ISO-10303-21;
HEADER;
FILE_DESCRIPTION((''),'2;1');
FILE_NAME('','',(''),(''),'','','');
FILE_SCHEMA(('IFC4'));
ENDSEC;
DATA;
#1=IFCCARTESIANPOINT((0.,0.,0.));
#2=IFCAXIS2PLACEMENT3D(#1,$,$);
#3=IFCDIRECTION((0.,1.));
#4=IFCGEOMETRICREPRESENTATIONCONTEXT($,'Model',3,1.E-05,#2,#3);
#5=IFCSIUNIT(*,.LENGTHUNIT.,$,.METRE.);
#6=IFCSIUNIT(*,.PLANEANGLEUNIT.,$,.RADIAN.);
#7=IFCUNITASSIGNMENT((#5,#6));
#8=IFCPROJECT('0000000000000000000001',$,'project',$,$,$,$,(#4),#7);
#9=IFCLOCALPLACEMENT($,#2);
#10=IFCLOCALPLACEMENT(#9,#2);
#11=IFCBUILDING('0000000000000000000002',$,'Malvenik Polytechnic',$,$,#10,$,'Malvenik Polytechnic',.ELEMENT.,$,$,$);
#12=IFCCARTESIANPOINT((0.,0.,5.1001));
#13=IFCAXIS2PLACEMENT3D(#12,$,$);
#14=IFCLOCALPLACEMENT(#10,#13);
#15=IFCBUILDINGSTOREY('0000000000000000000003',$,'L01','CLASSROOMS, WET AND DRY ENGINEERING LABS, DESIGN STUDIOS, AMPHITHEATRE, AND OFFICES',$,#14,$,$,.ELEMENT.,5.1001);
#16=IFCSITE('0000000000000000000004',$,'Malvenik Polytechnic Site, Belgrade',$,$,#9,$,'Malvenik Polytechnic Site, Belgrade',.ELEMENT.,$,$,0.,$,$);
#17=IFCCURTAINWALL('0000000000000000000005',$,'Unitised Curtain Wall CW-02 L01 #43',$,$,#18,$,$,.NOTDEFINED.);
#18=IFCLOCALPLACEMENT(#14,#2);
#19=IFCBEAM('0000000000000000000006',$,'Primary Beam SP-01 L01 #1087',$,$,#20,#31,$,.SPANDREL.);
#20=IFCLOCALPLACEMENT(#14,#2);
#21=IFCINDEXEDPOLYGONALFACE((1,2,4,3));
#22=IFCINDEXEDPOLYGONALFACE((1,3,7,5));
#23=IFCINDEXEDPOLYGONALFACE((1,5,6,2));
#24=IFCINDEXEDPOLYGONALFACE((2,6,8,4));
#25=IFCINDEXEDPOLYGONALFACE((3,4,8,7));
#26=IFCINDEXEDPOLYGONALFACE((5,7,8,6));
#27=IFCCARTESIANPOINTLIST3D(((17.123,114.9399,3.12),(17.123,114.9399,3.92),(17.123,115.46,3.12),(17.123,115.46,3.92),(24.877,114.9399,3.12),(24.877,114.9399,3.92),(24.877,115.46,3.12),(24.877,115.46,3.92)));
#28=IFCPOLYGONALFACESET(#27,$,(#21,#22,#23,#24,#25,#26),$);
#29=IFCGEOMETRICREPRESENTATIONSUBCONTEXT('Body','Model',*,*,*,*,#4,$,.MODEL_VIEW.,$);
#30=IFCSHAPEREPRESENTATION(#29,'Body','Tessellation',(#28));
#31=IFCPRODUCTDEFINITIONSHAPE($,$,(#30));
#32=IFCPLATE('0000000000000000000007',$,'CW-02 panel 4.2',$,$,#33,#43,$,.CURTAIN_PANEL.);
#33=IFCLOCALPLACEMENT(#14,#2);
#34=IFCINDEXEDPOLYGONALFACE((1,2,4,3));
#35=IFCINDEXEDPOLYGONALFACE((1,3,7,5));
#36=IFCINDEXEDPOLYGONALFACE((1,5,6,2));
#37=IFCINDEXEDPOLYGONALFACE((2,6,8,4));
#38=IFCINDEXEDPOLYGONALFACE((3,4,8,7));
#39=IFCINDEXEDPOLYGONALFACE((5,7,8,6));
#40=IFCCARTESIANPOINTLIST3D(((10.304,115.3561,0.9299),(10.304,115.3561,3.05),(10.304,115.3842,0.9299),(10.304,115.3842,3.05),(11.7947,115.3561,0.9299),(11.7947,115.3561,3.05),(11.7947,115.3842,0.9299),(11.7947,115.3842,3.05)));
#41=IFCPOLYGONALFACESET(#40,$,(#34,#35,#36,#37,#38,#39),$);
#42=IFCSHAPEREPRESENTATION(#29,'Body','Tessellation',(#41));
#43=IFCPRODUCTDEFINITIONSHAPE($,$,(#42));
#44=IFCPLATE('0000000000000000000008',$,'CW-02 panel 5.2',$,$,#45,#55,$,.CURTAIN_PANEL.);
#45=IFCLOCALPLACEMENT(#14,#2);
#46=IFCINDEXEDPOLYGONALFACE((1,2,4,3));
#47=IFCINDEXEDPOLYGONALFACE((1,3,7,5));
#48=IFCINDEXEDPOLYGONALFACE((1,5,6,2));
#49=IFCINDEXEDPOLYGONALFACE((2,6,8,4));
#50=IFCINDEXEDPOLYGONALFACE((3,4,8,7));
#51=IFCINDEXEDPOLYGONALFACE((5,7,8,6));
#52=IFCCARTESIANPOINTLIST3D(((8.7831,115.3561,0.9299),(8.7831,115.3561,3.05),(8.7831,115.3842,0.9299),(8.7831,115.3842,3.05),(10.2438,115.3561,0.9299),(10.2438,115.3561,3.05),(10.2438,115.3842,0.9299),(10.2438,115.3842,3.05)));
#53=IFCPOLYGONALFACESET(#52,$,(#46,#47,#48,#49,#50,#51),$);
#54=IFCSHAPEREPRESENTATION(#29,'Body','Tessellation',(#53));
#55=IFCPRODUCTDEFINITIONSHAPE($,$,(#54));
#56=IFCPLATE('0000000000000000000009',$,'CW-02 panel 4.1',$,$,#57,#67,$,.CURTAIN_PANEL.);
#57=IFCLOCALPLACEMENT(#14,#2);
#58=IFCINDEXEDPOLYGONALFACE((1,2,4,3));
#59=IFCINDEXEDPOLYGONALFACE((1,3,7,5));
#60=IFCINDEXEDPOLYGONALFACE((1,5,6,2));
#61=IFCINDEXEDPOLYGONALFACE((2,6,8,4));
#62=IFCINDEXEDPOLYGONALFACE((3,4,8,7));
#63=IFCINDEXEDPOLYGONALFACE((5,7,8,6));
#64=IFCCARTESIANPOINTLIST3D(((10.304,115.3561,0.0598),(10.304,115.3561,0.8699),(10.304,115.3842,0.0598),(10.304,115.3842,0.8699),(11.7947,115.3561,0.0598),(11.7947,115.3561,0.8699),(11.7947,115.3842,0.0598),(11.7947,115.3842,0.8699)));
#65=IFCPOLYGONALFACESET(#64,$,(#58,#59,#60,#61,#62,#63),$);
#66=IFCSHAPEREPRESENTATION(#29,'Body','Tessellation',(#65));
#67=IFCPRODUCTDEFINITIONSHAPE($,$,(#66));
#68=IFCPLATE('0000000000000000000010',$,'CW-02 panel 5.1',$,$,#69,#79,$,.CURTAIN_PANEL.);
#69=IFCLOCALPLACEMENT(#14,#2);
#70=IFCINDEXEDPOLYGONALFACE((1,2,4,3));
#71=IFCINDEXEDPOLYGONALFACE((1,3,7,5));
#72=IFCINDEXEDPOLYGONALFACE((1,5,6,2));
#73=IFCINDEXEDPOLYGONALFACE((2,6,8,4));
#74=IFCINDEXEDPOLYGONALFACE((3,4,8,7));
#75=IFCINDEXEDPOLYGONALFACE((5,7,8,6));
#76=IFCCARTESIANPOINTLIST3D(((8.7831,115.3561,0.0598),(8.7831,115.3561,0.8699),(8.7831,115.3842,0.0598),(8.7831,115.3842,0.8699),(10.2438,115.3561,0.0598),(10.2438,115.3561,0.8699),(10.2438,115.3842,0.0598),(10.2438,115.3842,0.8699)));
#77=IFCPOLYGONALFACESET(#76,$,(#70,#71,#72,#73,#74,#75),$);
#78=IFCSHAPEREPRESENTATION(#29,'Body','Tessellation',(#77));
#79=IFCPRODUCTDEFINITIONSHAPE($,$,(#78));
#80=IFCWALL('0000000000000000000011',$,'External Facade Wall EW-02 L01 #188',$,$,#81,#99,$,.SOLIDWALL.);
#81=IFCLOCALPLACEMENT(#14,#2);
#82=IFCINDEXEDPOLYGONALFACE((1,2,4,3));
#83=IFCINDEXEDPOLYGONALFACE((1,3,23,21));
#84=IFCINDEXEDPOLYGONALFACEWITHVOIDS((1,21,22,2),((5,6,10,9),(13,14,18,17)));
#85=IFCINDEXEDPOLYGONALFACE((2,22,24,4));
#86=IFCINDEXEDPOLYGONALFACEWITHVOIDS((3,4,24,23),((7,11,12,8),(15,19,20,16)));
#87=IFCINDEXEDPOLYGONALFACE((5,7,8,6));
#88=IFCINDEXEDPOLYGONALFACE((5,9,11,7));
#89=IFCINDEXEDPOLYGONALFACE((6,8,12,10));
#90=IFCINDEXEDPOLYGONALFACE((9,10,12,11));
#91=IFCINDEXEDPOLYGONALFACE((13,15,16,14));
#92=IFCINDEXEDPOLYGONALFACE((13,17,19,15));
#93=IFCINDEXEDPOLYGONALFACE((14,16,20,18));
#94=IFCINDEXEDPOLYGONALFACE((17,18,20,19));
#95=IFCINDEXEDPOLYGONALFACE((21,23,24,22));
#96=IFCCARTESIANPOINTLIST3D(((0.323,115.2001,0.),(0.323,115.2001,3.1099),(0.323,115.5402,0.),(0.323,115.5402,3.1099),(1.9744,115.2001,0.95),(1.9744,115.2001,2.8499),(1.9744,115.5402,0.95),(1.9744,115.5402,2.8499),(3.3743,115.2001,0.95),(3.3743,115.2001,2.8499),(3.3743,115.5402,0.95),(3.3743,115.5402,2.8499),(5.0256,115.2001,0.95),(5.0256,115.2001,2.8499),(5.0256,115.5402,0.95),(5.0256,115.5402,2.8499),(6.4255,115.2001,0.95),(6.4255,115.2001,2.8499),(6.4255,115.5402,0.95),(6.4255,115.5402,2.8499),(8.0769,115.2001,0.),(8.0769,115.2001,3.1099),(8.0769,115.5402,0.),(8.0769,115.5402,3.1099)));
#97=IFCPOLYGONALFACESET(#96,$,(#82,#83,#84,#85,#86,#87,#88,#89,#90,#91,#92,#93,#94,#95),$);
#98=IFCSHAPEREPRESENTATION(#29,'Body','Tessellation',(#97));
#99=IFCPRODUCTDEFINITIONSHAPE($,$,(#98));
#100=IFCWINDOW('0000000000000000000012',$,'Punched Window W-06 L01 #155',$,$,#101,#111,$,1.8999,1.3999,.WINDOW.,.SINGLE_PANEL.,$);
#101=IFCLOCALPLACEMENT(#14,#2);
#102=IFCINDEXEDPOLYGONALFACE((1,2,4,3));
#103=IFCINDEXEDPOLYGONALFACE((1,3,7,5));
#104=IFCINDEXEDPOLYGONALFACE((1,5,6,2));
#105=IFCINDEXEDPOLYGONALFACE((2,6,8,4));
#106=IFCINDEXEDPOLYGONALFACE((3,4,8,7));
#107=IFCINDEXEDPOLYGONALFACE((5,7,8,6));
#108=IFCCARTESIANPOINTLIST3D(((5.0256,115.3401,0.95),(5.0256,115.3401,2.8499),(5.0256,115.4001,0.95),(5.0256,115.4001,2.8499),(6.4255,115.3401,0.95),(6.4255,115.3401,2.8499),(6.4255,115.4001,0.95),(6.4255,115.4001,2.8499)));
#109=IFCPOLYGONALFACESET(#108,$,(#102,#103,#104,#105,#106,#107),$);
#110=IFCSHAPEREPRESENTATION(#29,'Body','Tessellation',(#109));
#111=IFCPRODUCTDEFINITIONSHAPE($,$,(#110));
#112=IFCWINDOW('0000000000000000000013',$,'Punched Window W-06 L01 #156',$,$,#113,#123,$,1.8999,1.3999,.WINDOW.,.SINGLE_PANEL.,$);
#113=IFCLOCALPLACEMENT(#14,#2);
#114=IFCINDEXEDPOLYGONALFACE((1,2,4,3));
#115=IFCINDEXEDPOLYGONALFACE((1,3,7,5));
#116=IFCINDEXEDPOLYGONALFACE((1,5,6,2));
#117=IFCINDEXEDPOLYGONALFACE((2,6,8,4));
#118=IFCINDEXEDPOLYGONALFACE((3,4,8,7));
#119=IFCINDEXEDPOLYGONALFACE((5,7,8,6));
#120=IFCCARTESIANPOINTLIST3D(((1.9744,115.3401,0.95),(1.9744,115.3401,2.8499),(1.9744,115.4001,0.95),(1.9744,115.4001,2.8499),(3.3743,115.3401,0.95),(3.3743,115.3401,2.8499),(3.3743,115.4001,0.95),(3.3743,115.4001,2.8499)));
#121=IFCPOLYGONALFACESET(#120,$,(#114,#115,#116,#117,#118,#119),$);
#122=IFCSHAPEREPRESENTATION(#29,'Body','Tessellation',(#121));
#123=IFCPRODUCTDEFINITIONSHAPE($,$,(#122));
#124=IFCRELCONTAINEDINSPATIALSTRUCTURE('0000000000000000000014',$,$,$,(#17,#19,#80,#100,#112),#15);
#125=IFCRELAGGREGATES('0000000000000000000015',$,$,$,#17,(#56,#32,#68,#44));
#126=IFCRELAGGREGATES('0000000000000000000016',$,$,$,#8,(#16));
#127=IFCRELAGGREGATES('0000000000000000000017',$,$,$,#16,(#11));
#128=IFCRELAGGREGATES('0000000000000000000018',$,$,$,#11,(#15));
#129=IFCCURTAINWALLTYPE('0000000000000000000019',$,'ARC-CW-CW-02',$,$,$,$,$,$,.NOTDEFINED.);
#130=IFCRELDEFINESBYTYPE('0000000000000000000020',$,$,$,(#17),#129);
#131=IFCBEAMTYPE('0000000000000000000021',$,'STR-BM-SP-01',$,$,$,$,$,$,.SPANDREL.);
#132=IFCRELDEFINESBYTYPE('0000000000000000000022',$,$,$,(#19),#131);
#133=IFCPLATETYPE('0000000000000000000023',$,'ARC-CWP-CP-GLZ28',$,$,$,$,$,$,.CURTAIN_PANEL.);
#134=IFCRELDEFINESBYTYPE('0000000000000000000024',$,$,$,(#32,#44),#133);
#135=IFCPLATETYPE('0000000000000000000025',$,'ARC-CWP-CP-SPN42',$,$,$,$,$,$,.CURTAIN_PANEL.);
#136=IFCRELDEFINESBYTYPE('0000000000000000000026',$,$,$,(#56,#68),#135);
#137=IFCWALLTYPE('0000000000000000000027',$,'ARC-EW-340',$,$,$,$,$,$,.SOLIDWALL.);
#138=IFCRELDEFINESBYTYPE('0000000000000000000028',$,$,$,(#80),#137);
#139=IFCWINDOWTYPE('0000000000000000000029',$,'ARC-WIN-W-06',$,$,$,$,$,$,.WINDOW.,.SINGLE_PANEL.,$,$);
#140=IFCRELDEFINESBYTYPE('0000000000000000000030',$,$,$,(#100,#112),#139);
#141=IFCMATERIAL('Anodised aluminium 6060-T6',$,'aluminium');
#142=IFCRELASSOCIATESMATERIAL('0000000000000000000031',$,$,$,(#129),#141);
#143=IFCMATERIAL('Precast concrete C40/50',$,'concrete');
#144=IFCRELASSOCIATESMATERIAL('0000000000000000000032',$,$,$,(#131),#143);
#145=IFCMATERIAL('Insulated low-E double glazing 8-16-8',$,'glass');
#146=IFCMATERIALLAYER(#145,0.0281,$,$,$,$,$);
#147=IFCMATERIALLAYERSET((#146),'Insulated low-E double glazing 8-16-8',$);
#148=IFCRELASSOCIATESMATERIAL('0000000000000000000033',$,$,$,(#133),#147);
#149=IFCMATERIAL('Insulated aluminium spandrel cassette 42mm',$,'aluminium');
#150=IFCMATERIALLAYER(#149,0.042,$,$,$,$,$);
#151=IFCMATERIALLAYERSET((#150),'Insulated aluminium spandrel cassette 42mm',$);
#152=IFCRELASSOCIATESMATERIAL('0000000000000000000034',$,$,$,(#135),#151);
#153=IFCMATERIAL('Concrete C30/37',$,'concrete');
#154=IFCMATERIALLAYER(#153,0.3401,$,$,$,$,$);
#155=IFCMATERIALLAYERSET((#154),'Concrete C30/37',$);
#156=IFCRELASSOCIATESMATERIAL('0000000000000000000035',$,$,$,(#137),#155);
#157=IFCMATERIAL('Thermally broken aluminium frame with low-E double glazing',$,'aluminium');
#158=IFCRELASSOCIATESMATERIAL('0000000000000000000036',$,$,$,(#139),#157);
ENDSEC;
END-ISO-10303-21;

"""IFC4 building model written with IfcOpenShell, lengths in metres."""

from ifc_helpers import new_model, si_unit, direction, frame, frame_2d, origin, origin_2d, place, context, subcontext, project, spatial, rectangle, extrude, material, layer, layer_set, material_profile, profile_set, type_object, element, fill, aggregate, save


model = new_model("IFC4")

# Units and contexts
model_context = context("Model", 3, precision=1e-05, world=origin(), true_north=direction((0.0, 1.0)))
body_context = subcontext(model_context, "Body", "Model", "MODEL_VIEW")
ifc_project = project(units=[si_unit("LENGTHUNIT", "METRE"), si_unit("PLANEANGLEUNIT", "RADIAN")], contexts=[model_context])

# Site, building, storey
site_placement = place(None, origin())
site = spatial("IfcSite", under=ifc_project, at=site_placement, Name="Malvenik Polytechnic Site, Belgrade", LongName="Malvenik Polytechnic Site, Belgrade", CompositionType="ELEMENT", RefElevation=0.0)
building_placement = place(site_placement, origin())
building = spatial("IfcBuilding", under=site, at=building_placement, Name="Malvenik Polytechnic", LongName="Malvenik Polytechnic", CompositionType="ELEMENT")
storey_placement = place(building_placement, frame((0.0, 0.0, 5.1001)))
storey = spatial("IfcBuildingStorey", under=building, at=storey_placement, Name="L01", Description="CLASSROOMS, WET AND DRY ENGINEERING LABS, DESIGN STUDIOS, AMPHITHEATRE, AND OFFICES", CompositionType="ELEMENT", Elevation=5.1001)

# Curtain wall
ifc_material_1 = material(Name="Anodised aluminium 6060-T6", Category="aluminium")
curtain_wall_type = type_object("IfcCurtainWallType", Name="ARC-CW-CW-02", PredefinedType="NOTDEFINED", material=ifc_material_1)
curtain_wall_placement = place(storey_placement, origin())
curtain_wall = element("IfcCurtainWall", 1, at=curtain_wall_placement, inside=storey, type_object=curtain_wall_type, Name="Unitised Curtain Wall CW-02 L01 #43", PredefinedType="NOTDEFINED")

# Beam
ifc_material_2 = material(Name="Precast concrete C40/50", Category="concrete")
ifc_material_profile_1 = material_profile(ifc_material_2, rectangle(XDim=0.52, YDim=0.8, at=origin_2d()), Name="PC SPN 520x800")
ifc_profile_set_1 = profile_set([ifc_material_profile_1], Name="Precast concrete C40/50")
beam_type = type_object("IfcBeamType", Name="STR-BM-SP-01", PredefinedType="SPANDREL", material=ifc_profile_set_1)
beam_1_placement = place(storey_placement, frame((17.123, 115.2, 3.52), z_axis=(1.0, 0.0, 0.0), x_axis=(0.0, 1.0, 0.0)))
element("IfcBeam", 2, at=beam_1_placement, inside=storey, type_object=beam_type, Name="Primary Beam SP-01 L01 #1087", PredefinedType="SPANDREL", context=body_context, shape_type="SweptSolid", body=[
    extrude(rectangle(XDim=0.52, YDim=0.8, at=origin_2d()), origin(), (0.0, 0.0, 1.0), 7.7539),
])

# Plates
ifc_material_3 = material(Name="Insulated low-E double glazing 8-16-8", Category="glass")
ifc_layer_1 = layer(ifc_material_3, 0.0281)
ifc_layer_set_1 = layer_set([ifc_layer_1], Name="Insulated low-E double glazing 8-16-8")
plate_type_1 = type_object("IfcPlateType", Name="ARC-CWP-CP-GLZ28", PredefinedType="CURTAIN_PANEL", material=ifc_layer_set_1)
plate_1_placement = place(storey_placement, frame((11.0493, 115.3701, 0.9299), z_axis=(0.0, 0.0, 1.0), x_axis=(-1.0, 0.0, 0.0)))
plate_1 = element("IfcPlate", 3, at=plate_1_placement, type_object=plate_type_1, Name="CW-02 panel 4.2", PredefinedType="CURTAIN_PANEL", context=body_context, shape_type="SweptSolid", body=[
    extrude(rectangle(XDim=1.4907, YDim=0.0281, at=origin_2d()), origin(), (0.0, 0.0, 1.0), 2.1201),
])
plate_2_placement = place(storey_placement, frame((9.5134, 115.3701, 0.9299), z_axis=(0.0, 0.0, 1.0), x_axis=(-1.0, 0.0, 0.0)))
plate_2 = element("IfcPlate", 4, at=plate_2_placement, type_object=plate_type_1, Name="CW-02 panel 5.2", PredefinedType="CURTAIN_PANEL", context=body_context, shape_type="SweptSolid", body=[
    extrude(rectangle(XDim=1.4607, YDim=0.0281, at=origin_2d()), origin(), (0.0, 0.0, 1.0), 2.1201),
])
ifc_material_4 = material(Name="Insulated aluminium spandrel cassette 42mm", Category="aluminium")
ifc_layer_2 = layer(ifc_material_4, 0.042)
ifc_layer_set_2 = layer_set([ifc_layer_2], Name="Insulated aluminium spandrel cassette 42mm")
plate_type_2 = type_object("IfcPlateType", Name="ARC-CWP-CP-SPN42", PredefinedType="CURTAIN_PANEL", material=ifc_layer_set_2)
plate_3_placement = place(storey_placement, frame((11.0493, 115.3701, 0.0598), z_axis=(0.0, 0.0, 1.0), x_axis=(-1.0, 0.0, 0.0)))
plate_3 = element("IfcPlate", 5, at=plate_3_placement, type_object=plate_type_2, Name="CW-02 panel 4.1", PredefinedType="CURTAIN_PANEL", context=body_context, shape_type="SweptSolid", body=[
    extrude(rectangle(XDim=1.4907, YDim=0.0281, at=origin_2d()), origin(), (0.0, 0.0, 1.0), 0.8101),
])
plate_4_placement = place(storey_placement, frame((9.5134, 115.3701, 0.0598), z_axis=(0.0, 0.0, 1.0), x_axis=(-1.0, 0.0, 0.0)))
plate_4 = element("IfcPlate", 6, at=plate_4_placement, type_object=plate_type_2, Name="CW-02 panel 5.1", PredefinedType="CURTAIN_PANEL", context=body_context, shape_type="SweptSolid", body=[
    extrude(rectangle(XDim=1.4607, YDim=0.0281, at=origin_2d()), origin(), (0.0, 0.0, 1.0), 0.8101),
])
aggregate(curtain_wall, [plate_3, plate_1, plate_4, plate_2])

# Wall, openings, windows
ifc_material_5 = material(Name="Concrete C30/37", Category="concrete")
ifc_layer_3 = layer(ifc_material_5, 0.3401)
ifc_layer_set_3 = layer_set([ifc_layer_3], Name="Concrete C30/37")
wall_type = type_object("IfcWallType", Name="ARC-EW-340", PredefinedType="SOLIDWALL", material=ifc_layer_set_3)
wall_placement = place(storey_placement, frame((8.0769, 115.3701, 0.0), z_axis=(0.0, 0.0, 1.0), x_axis=(-1.0, 0.0, 0.0)))
wall = element("IfcWall", 7, at=wall_placement, inside=storey, type_object=wall_type, Name="External Facade Wall EW-02 L01 #188", PredefinedType="SOLIDWALL", context=body_context, shape_type="SweptSolid", body=[
    extrude(rectangle(XDim=7.7539, YDim=0.3401, at=frame_2d((3.877, 0.0))), origin(), (0.0, 0.0, 1.0), 3.1099),
])
opening_1_placement = place(wall_placement, frame((1.6514, 0.0, 0.95)))
opening_1 = element("IfcOpeningElement", 8, at=opening_1_placement, cuts=wall, PredefinedType="OPENING", context=body_context, shape_type="SweptSolid", body=[
    extrude(rectangle(XDim=1.3999, YDim=1.8999, at=frame_2d((0.7, 0.95))), frame((0.0, 0.1802, 0.0), z_axis=(0.0, -1.0, 0.0), x_axis=(1.0, 0.0, 0.0)), (0.0, 0.0, 1.0), 0.3601),
])
opening_2_placement = place(wall_placement, frame((4.7026, 0.0, 0.95)))
opening_2 = element("IfcOpeningElement", 9, at=opening_2_placement, cuts=wall, PredefinedType="OPENING", context=body_context, shape_type="SweptSolid", body=[
    extrude(rectangle(XDim=1.3999, YDim=1.8999, at=frame_2d((0.7, 0.95))), frame((0.0, 0.1802, 0.0), z_axis=(0.0, -1.0, 0.0), x_axis=(1.0, 0.0, 0.0)), (0.0, 0.0, 1.0), 0.3601),
])
ifc_material_6 = material(Name="Thermally broken aluminium frame with low-E double glazing", Category="aluminium")
window_type = type_object("IfcWindowType", Name="ARC-WIN-W-06", PartitioningType="SINGLE_PANEL", PredefinedType="WINDOW", material=ifc_material_6)
window_1_placement = place(opening_1_placement, origin())
window_1 = element("IfcWindow", 10, at=window_1_placement, inside=storey, type_object=window_type, Name="Punched Window W-06 L01 #155", OverallHeight=1.8999, OverallWidth=1.3999, PartitioningType="SINGLE_PANEL", PredefinedType="WINDOW", context=body_context, shape_type="SweptSolid", body=[
    extrude(rectangle(XDim=1.3999, YDim=1.8999, at=frame_2d((0.7, 0.95))), frame((0.0, 0.03, 0.0), z_axis=(0.0, -1.0, 0.0), x_axis=(1.0, 0.0, 0.0)), (0.0, 0.0, 1.0), 0.0601),
])
fill(opening_1, window_1)
window_2_placement = place(opening_2_placement, origin())
window_2 = element("IfcWindow", 11, at=window_2_placement, inside=storey, type_object=window_type, Name="Punched Window W-06 L01 #156", OverallHeight=1.8999, OverallWidth=1.3999, PartitioningType="SINGLE_PANEL", PredefinedType="WINDOW", context=body_context, shape_type="SweptSolid", body=[
    extrude(rectangle(XDim=1.3999, YDim=1.8999, at=frame_2d((0.7, 0.95))), frame((0.0, 0.03, 0.0), z_axis=(0.0, -1.0, 0.0), x_axis=(1.0, 0.0, 0.0)), (0.0, 0.0, 1.0), 0.0601),
])
fill(opening_2, window_2)

save(model, "model.ifc")
